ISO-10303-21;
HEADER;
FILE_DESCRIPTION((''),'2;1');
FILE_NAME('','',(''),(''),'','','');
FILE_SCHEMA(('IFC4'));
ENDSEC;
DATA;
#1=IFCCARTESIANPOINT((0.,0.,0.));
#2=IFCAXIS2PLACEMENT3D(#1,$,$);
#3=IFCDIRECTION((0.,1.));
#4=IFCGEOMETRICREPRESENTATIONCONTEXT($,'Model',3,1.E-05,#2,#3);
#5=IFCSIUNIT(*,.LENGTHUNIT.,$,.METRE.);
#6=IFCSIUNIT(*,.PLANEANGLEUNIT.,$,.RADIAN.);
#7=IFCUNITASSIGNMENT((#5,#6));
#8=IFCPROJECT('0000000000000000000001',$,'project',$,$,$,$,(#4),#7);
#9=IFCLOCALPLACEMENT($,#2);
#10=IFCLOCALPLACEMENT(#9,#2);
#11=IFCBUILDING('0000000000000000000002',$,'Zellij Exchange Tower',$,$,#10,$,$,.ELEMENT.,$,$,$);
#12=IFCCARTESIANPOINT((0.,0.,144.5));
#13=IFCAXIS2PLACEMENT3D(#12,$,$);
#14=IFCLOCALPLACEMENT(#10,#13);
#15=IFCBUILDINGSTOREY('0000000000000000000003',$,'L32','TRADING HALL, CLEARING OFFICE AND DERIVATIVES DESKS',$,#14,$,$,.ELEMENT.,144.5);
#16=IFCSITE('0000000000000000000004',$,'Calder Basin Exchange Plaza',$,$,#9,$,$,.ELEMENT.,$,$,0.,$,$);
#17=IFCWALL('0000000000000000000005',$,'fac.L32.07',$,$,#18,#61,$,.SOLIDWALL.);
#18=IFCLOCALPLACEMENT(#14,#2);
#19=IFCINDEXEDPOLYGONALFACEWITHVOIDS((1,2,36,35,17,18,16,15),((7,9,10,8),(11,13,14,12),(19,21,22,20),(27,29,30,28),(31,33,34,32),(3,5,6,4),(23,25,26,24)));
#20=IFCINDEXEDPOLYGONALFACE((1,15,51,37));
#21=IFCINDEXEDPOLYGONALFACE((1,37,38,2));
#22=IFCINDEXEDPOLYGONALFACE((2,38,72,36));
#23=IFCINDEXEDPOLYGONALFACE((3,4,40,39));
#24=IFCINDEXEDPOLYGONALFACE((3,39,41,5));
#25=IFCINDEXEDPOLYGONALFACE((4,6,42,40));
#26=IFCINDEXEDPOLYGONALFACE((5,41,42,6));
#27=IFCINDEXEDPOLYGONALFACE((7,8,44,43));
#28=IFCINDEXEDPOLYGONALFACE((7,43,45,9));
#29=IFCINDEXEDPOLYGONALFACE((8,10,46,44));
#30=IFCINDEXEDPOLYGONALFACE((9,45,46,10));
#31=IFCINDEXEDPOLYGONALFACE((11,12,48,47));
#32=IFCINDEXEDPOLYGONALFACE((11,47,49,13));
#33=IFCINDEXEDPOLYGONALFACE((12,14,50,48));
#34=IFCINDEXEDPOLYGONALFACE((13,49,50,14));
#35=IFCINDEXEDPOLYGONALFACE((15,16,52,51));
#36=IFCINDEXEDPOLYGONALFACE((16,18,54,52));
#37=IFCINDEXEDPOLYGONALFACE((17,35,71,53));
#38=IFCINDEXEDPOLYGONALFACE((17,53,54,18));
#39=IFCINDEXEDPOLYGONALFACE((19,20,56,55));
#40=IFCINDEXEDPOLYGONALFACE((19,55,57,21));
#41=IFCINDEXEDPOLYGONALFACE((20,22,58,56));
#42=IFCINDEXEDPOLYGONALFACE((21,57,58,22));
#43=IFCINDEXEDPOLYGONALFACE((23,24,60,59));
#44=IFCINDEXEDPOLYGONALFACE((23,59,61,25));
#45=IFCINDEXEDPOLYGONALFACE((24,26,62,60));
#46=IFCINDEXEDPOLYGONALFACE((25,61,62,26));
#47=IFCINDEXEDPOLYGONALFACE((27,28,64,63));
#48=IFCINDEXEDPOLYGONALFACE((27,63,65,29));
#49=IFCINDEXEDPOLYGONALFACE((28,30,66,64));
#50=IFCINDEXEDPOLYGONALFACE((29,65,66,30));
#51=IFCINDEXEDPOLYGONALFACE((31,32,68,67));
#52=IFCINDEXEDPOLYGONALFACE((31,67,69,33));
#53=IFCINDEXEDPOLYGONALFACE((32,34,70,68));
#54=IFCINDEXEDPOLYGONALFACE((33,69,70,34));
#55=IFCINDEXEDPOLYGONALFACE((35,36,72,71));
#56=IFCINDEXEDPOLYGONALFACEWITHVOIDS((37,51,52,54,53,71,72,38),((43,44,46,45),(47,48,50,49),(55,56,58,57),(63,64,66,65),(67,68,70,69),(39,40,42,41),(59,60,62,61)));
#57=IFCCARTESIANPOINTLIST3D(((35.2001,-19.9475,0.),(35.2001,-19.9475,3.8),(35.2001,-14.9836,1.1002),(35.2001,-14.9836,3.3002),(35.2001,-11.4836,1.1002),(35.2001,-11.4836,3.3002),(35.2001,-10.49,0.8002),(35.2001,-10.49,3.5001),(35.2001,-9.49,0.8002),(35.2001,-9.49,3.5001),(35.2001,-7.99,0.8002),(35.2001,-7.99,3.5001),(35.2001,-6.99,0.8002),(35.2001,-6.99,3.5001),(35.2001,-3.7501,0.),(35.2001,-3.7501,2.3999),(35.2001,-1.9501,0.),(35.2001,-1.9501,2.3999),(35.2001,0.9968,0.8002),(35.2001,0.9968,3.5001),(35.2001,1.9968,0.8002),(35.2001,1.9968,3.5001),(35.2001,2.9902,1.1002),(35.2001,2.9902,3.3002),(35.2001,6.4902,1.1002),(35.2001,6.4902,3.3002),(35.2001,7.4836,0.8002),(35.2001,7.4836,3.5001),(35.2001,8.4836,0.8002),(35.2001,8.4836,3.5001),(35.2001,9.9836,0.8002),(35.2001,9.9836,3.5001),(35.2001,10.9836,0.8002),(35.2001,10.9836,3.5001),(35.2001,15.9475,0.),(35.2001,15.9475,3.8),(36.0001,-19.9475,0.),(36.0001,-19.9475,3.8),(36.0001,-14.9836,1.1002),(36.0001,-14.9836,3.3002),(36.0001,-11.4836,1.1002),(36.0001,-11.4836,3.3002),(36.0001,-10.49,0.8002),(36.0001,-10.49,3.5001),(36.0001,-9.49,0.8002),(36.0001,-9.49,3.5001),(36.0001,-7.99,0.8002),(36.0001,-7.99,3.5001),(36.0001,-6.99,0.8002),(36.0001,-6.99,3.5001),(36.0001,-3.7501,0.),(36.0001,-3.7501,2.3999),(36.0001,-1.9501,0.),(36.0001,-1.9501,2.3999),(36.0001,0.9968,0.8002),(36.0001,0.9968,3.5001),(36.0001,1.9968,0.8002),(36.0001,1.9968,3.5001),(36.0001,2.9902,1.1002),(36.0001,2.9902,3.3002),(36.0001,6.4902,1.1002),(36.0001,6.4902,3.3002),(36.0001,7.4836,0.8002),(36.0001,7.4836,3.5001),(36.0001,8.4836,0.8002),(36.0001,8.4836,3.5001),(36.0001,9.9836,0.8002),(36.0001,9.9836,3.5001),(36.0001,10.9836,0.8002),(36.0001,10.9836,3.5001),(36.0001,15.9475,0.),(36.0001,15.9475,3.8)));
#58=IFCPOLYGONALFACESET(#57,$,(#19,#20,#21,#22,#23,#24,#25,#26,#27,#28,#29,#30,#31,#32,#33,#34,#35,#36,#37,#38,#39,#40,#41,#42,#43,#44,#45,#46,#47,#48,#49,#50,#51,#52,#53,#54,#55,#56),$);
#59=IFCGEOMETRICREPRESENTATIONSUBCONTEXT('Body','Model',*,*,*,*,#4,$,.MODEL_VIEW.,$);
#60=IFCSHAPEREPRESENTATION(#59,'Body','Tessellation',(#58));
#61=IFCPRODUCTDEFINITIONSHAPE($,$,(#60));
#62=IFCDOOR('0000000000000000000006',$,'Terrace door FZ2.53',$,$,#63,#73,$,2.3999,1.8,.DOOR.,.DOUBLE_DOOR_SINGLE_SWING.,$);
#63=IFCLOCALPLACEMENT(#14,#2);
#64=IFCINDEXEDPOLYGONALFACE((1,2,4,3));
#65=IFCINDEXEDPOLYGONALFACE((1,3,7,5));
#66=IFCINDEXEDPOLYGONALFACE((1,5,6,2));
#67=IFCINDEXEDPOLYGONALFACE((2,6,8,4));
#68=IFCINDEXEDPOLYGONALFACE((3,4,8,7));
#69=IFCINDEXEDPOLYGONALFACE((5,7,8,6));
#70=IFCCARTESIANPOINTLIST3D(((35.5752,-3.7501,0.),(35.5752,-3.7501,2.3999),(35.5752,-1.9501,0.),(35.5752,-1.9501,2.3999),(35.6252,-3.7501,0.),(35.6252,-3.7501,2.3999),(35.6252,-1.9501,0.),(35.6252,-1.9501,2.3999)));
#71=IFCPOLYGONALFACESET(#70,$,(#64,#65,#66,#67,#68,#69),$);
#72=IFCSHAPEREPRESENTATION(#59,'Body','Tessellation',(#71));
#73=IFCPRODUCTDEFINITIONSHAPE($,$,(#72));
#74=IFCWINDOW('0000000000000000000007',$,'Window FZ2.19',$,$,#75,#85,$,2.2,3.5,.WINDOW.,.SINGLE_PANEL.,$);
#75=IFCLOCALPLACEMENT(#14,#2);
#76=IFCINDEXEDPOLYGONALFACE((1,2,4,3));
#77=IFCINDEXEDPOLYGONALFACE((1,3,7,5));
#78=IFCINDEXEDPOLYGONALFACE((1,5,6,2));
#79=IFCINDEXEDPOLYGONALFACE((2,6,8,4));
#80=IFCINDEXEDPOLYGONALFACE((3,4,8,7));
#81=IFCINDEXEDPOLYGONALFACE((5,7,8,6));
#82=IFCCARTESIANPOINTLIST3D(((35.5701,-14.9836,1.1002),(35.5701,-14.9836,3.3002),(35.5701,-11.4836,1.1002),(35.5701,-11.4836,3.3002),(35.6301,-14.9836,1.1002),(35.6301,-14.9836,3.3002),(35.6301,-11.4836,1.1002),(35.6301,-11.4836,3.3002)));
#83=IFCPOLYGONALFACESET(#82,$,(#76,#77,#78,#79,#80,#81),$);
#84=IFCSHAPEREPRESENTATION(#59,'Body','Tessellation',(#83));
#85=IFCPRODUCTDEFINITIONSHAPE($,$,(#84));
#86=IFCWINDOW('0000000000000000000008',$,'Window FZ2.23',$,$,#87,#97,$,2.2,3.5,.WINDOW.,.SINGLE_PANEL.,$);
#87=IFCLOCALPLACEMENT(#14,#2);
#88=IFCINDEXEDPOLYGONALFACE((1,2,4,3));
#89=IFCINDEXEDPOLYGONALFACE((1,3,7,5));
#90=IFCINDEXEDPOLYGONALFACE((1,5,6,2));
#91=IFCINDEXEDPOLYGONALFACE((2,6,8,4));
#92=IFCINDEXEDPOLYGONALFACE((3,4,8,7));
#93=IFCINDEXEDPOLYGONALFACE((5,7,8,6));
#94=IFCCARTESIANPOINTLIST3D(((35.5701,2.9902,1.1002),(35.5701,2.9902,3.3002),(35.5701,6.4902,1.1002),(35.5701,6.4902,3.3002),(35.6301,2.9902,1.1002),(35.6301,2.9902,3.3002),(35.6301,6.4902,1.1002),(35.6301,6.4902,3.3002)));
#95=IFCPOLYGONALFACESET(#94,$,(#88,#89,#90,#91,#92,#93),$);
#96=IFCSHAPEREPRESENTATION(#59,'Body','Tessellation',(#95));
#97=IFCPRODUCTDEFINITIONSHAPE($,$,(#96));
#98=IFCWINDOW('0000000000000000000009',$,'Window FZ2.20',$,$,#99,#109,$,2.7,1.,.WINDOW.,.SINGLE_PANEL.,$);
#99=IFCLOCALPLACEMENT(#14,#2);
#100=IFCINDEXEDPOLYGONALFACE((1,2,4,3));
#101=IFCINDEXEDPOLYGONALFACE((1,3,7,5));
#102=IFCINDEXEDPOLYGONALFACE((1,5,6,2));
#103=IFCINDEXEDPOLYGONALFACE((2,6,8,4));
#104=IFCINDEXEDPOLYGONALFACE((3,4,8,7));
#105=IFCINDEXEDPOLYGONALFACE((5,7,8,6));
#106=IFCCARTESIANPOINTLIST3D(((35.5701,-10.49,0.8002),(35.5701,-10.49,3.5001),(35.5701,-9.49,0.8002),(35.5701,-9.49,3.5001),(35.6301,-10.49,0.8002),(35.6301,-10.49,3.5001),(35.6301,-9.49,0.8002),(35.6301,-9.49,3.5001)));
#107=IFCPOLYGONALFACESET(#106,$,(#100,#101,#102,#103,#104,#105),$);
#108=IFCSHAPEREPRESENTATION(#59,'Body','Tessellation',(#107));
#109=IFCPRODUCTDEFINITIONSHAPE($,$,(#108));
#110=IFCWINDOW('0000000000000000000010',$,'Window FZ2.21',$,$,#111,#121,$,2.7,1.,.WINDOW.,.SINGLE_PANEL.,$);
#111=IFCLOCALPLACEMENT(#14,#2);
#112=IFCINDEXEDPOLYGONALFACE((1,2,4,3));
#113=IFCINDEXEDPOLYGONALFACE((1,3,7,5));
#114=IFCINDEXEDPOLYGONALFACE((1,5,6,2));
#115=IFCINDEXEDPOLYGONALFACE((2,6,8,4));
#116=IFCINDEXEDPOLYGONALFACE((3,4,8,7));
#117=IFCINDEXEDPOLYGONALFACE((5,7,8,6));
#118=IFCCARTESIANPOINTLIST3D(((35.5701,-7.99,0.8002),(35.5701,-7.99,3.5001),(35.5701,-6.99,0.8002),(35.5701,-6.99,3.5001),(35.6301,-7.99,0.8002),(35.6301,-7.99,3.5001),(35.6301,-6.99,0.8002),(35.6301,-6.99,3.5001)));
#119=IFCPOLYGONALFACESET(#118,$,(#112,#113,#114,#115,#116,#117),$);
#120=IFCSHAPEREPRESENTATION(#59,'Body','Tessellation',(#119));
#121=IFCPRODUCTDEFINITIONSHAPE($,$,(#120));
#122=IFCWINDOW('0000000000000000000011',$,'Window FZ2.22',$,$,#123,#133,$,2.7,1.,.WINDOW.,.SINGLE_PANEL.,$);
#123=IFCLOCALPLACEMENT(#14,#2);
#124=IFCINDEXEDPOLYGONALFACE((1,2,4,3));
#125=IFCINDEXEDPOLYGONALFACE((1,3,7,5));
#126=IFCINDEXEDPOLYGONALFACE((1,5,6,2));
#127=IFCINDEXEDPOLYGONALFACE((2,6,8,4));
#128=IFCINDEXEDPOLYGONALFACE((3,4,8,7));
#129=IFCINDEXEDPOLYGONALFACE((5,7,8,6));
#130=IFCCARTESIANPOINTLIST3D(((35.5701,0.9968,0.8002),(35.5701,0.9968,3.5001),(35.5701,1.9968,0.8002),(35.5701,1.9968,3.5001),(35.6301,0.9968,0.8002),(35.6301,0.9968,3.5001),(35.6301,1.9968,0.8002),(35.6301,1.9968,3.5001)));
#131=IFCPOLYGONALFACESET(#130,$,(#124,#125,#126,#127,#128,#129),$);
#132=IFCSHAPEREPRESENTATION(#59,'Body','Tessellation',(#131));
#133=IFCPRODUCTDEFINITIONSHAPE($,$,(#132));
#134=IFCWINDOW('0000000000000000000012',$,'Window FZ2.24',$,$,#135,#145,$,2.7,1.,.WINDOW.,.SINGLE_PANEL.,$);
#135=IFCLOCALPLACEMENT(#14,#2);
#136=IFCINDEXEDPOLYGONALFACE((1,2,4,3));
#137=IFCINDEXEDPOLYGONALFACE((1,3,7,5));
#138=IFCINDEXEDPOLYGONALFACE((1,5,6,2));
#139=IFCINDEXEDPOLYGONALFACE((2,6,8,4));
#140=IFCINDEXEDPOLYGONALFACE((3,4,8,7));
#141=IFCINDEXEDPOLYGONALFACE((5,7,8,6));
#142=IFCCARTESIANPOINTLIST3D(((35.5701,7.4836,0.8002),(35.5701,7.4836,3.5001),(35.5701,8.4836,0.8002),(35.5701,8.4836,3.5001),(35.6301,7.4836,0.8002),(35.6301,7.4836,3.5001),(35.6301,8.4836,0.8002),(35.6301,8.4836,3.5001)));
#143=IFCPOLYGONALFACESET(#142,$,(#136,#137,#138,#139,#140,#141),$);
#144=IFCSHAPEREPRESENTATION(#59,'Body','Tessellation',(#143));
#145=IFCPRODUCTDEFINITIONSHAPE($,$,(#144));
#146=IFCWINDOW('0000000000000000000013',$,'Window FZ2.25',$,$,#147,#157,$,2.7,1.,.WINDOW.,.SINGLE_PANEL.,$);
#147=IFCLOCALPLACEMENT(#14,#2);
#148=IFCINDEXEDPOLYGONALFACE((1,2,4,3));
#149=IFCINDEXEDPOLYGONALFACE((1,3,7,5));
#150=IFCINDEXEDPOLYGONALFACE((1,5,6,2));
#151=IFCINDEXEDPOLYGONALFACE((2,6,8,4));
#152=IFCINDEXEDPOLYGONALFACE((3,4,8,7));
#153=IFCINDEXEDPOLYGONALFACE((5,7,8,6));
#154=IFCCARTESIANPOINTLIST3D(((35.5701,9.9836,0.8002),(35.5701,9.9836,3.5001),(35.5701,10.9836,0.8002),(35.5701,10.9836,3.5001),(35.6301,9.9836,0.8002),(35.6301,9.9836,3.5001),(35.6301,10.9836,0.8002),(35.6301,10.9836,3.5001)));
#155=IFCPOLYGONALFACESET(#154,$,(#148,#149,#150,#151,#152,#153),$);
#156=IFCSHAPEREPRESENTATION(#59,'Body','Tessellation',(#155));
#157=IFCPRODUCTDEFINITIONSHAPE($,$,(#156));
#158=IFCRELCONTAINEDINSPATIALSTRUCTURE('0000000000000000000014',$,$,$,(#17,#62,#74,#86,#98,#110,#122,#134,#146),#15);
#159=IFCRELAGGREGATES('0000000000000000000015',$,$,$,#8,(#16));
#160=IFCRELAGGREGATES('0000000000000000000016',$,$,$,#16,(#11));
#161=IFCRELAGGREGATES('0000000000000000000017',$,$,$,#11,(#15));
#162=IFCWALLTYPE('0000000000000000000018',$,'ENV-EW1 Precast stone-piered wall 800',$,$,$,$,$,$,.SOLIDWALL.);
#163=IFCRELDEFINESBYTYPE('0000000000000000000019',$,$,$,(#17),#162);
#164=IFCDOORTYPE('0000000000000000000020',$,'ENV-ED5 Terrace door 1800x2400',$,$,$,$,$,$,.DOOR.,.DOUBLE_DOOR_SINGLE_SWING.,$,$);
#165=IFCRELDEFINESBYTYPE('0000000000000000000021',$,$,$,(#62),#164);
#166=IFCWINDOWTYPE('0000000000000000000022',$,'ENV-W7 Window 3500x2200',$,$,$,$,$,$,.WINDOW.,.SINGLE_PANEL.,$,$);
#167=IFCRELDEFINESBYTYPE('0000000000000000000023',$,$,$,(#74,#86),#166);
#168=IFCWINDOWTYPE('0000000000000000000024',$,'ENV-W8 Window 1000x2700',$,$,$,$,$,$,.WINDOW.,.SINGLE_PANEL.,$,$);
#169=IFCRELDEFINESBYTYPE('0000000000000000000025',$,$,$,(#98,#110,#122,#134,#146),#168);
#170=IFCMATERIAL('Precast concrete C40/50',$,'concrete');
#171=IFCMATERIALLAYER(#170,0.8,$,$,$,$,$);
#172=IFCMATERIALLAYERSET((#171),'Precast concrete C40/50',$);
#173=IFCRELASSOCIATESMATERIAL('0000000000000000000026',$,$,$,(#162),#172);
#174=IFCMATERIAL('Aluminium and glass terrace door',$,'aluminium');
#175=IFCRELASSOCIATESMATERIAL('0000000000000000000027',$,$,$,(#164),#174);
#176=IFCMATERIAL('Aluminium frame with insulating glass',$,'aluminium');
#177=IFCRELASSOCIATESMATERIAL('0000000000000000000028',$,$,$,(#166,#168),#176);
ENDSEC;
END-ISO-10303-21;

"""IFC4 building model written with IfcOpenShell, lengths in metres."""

from ifc_helpers import new_model, si_unit, direction, frame, frame_2d, origin, place, context, subcontext, project, spatial, rectangle, extrude, material, layer, layer_set, type_object, element, fill, save


model = new_model("IFC4")

# Units and contexts
model_context = context("Model", 3, precision=1e-05, world=origin(), true_north=direction((0.0, 1.0)))
body_context = subcontext(model_context, "Body", "Model", "MODEL_VIEW")
ifc_project = project(units=[si_unit("LENGTHUNIT", "METRE"), si_unit("PLANEANGLEUNIT", "RADIAN")], contexts=[model_context])

# Site, building, storey
site_placement = place(None, origin())
site = spatial("IfcSite", under=ifc_project, at=site_placement, Name="Calder Basin Exchange Plaza", CompositionType="ELEMENT", RefElevation=0.0)
building_placement = place(site_placement, origin())
building = spatial("IfcBuilding", under=site, at=building_placement, Name="Zellij Exchange Tower", CompositionType="ELEMENT")
storey_placement = place(building_placement, frame((0.0, 0.0, 144.5)))
storey = spatial("IfcBuildingStorey", under=building, at=storey_placement, Name="L32", Description="TRADING HALL, CLEARING OFFICE AND DERIVATIVES DESKS", CompositionType="ELEMENT", Elevation=144.5)

# Shared definitions
ifc_material_1 = material(Name="Precast concrete C40/50", Category="concrete")
ifc_layer = layer(ifc_material_1, 0.8)
ifc_layer_set = layer_set([ifc_layer], Name="Precast concrete C40/50")
wall_type = type_object("IfcWallType", Name="ENV-EW1 Precast stone-piered wall 800", PredefinedType="SOLIDWALL", material=ifc_layer_set)

# Wall, openings, door, windows
wall_1_placement = place(storey_placement, frame((35.6001, -19.9475, 0.0), z_axis=(0.0, 0.0, 1.0), x_axis=(0.0, 1.0, 0.0)))
wall_1 = element("IfcWall", 1, at=wall_1_placement, inside=storey, type_object=wall_type, Name="fac.L32.07", PredefinedType="SOLIDWALL", context=body_context, shape_type="SweptSolid", body=[
    extrude(rectangle(XDim=35.895, YDim=0.8, at=frame_2d((17.9475, 0.0))), origin(), (0.0, 0.0, 1.0), 3.8),
])
opening_1_placement = place(wall_1_placement, frame((4.9639, 0.0, 1.1001)))
opening_1 = element("IfcOpeningElement", 2, at=opening_1_placement, cuts=wall_1, PredefinedType="OPENING", context=body_context, shape_type="SweptSolid", body=[
    extrude(rectangle(XDim=3.5, YDim=2.2, at=frame_2d((1.75, 1.1001))), frame((0.0, 0.4121, 0.0), z_axis=(0.0, -1.0, 0.0), x_axis=(1.0, 0.0, 0.0)), (0.0, 0.0, 1.0), 0.824),
])
opening_2_placement = place(wall_1_placement, frame((9.4575, 0.0, 0.8)))
opening_2 = element("IfcOpeningElement", 3, at=opening_2_placement, cuts=wall_1, PredefinedType="OPENING", context=body_context, shape_type="SweptSolid", body=[
    extrude(rectangle(XDim=1.0, YDim=2.7, at=frame_2d((0.5, 1.3501))), frame((0.0, 0.4121, 0.0), z_axis=(0.0, -1.0, 0.0), x_axis=(1.0, 0.0, 0.0)), (0.0, 0.0, 1.0), 0.824),
])
opening_3_placement = place(wall_1_placement, frame((11.9575, 0.0, 0.8)))
opening_3 = element("IfcOpeningElement", 4, at=opening_3_placement, cuts=wall_1, PredefinedType="OPENING", context=body_context, shape_type="SweptSolid", body=[
    extrude(rectangle(XDim=1.0, YDim=2.7, at=frame_2d((0.5, 1.3501))), frame((0.0, 0.4121, 0.0), z_axis=(0.0, -1.0, 0.0), x_axis=(1.0, 0.0, 0.0)), (0.0, 0.0, 1.0), 0.824),
])
opening_4_placement = place(wall_1_placement, frame((20.9443, 0.0, 0.8)))
opening_4 = element("IfcOpeningElement", 5, at=opening_4_placement, cuts=wall_1, PredefinedType="OPENING", context=body_context, shape_type="SweptSolid", body=[
    extrude(rectangle(XDim=1.0, YDim=2.7, at=frame_2d((0.5, 1.3501))), frame((0.0, 0.4121, 0.0), z_axis=(0.0, -1.0, 0.0), x_axis=(1.0, 0.0, 0.0)), (0.0, 0.0, 1.0), 0.824),
])
opening_5_placement = place(wall_1_placement, frame((22.9377, 0.0, 1.1001)))
opening_5 = element("IfcOpeningElement", 6, at=opening_5_placement, cuts=wall_1, PredefinedType="OPENING", context=body_context, shape_type="SweptSolid", body=[
    extrude(rectangle(XDim=3.5, YDim=2.2, at=frame_2d((1.75, 1.1001))), frame((0.0, 0.4121, 0.0), z_axis=(0.0, -1.0, 0.0), x_axis=(1.0, 0.0, 0.0)), (0.0, 0.0, 1.0), 0.824),
])
opening_6_placement = place(wall_1_placement, frame((27.4312, 0.0, 0.8)))
opening_6 = element("IfcOpeningElement", 7, at=opening_6_placement, cuts=wall_1, PredefinedType="OPENING", context=body_context, shape_type="SweptSolid", body=[
    extrude(rectangle(XDim=1.0, YDim=2.7, at=frame_2d((0.5, 1.3501))), frame((0.0, 0.4121, 0.0), z_axis=(0.0, -1.0, 0.0), x_axis=(1.0, 0.0, 0.0)), (0.0, 0.0, 1.0), 0.824),
])
opening_7_placement = place(wall_1_placement, frame((29.9312, 0.0, 0.8)))
opening_7 = element("IfcOpeningElement", 8, at=opening_7_placement, cuts=wall_1, PredefinedType="OPENING", context=body_context, shape_type="SweptSolid", body=[
    extrude(rectangle(XDim=1.0, YDim=2.7, at=frame_2d((0.5, 1.3501))), frame((0.0, 0.4121, 0.0), z_axis=(0.0, -1.0, 0.0), x_axis=(1.0, 0.0, 0.0)), (0.0, 0.0, 1.0), 0.824),
])
opening_8_placement = place(wall_1_placement, frame((16.1975, 0.0, 0.0)))
opening_8 = element("IfcOpeningElement", 9, at=opening_8_placement, cuts=wall_1, PredefinedType="OPENING", context=body_context, shape_type="SweptSolid", body=[
    extrude(rectangle(XDim=1.8, YDim=2.3999, at=frame_2d((0.8999, 1.2))), frame((0.0, 0.4121, 0.0), z_axis=(0.0, -1.0, 0.0), x_axis=(1.0, 0.0, 0.0)), (0.0, 0.0, 1.0), 0.824),
])
ifc_material_2 = material(Name="Aluminium and glass terrace door", Category="aluminium")
door_type = type_object("IfcDoorType", Name="ENV-ED5 Terrace door 1800x2400", OperationType="DOUBLE_DOOR_SINGLE_SWING", PredefinedType="DOOR", material=ifc_material_2)
door_placement = place(opening_8_placement, origin())
door = element("IfcDoor", 10, at=door_placement, inside=storey, type_object=door_type, Name="Terrace door FZ2.53", OperationType="DOUBLE_DOOR_SINGLE_SWING", OverallHeight=2.3999, OverallWidth=1.8, PredefinedType="DOOR", context=body_context, shape_type="SweptSolid", body=[
    extrude(rectangle(XDim=1.8, YDim=2.3999, at=frame_2d((0.8999, 1.2))), frame((0.0, 0.0249, 0.0), z_axis=(0.0, -1.0, 0.0), x_axis=(1.0, 0.0, 0.0)), (0.0, 0.0, 1.0), 0.05),
])
fill(opening_8, door)
ifc_material_3 = material(Name="Aluminium frame with insulating glass", Category="aluminium")
window_type_1 = type_object("IfcWindowType", Name="ENV-W7 Window 3500x2200", PartitioningType="SINGLE_PANEL", PredefinedType="WINDOW", material=ifc_material_3)
window_1_placement = place(opening_1_placement, origin())
window_1 = element("IfcWindow", 11, at=window_1_placement, inside=storey, type_object=window_type_1, Name="Window FZ2.19", OverallHeight=2.2, OverallWidth=3.5, PartitioningType="SINGLE_PANEL", PredefinedType="WINDOW", context=body_context, shape_type="SweptSolid", body=[
    extrude(rectangle(XDim=3.5, YDim=2.2, at=frame_2d((1.75, 1.1001))), frame((0.0, 0.03, 0.0), z_axis=(0.0, -1.0, 0.0), x_axis=(1.0, 0.0, 0.0)), (0.0, 0.0, 1.0), 0.0601),
])
fill(opening_1, window_1)
window_2_placement = place(opening_5_placement, origin())
window_2 = element("IfcWindow", 12, at=window_2_placement, inside=storey, type_object=window_type_1, Name="Window FZ2.23", OverallHeight=2.2, OverallWidth=3.5, PartitioningType="SINGLE_PANEL", PredefinedType="WINDOW", context=body_context, shape_type="SweptSolid", body=[
    extrude(rectangle(XDim=3.5, YDim=2.2, at=frame_2d((1.75, 1.1001))), frame((0.0, 0.03, 0.0), z_axis=(0.0, -1.0, 0.0), x_axis=(1.0, 0.0, 0.0)), (0.0, 0.0, 1.0), 0.0601),
])
fill(opening_5, window_2)
window_type_2 = type_object("IfcWindowType", Name="ENV-W8 Window 1000x2700", PartitioningType="SINGLE_PANEL", PredefinedType="WINDOW", material=ifc_material_3)
window_3_placement = place(opening_2_placement, origin())
window_3 = element("IfcWindow", 13, at=window_3_placement, inside=storey, type_object=window_type_2, Name="Window FZ2.20", OverallHeight=2.7, OverallWidth=1.0, PartitioningType="SINGLE_PANEL", PredefinedType="WINDOW", context=body_context, shape_type="SweptSolid", body=[
    extrude(rectangle(XDim=1.0, YDim=2.7, at=frame_2d((0.5, 1.3501))), frame((0.0, 0.03, 0.0), z_axis=(0.0, -1.0, 0.0), x_axis=(1.0, 0.0, 0.0)), (0.0, 0.0, 1.0), 0.0601),
])
fill(opening_2, window_3)
window_4_placement = place(opening_3_placement, origin())
window_4 = element("IfcWindow", 14, at=window_4_placement, inside=storey, type_object=window_type_2, Name="Window FZ2.21", OverallHeight=2.7, OverallWidth=1.0, PartitioningType="SINGLE_PANEL", PredefinedType="WINDOW", context=body_context, shape_type="SweptSolid", body=[
    extrude(rectangle(XDim=1.0, YDim=2.7, at=frame_2d((0.5, 1.3501))), frame((0.0, 0.03, 0.0), z_axis=(0.0, -1.0, 0.0), x_axis=(1.0, 0.0, 0.0)), (0.0, 0.0, 1.0), 0.0601),
])
fill(opening_3, window_4)
window_5_placement = place(opening_4_placement, origin())
window_5 = element("IfcWindow", 15, at=window_5_placement, inside=storey, type_object=window_type_2, Name="Window FZ2.22", OverallHeight=2.7, OverallWidth=1.0, PartitioningType="SINGLE_PANEL", PredefinedType="WINDOW", context=body_context, shape_type="SweptSolid", body=[
    extrude(rectangle(XDim=1.0, YDim=2.7, at=frame_2d((0.5, 1.3501))), frame((0.0, 0.03, 0.0), z_axis=(0.0, -1.0, 0.0), x_axis=(1.0, 0.0, 0.0)), (0.0, 0.0, 1.0), 0.0601),
])
fill(opening_4, window_5)
window_6_placement = place(opening_6_placement, origin())
window_6 = element("IfcWindow", 16, at=window_6_placement, inside=storey, type_object=window_type_2, Name="Window FZ2.24", OverallHeight=2.7, OverallWidth=1.0, PartitioningType="SINGLE_PANEL", PredefinedType="WINDOW", context=body_context, shape_type="SweptSolid", body=[
    extrude(rectangle(XDim=1.0, YDim=2.7, at=frame_2d((0.5, 1.3501))), frame((0.0, 0.03, 0.0), z_axis=(0.0, -1.0, 0.0), x_axis=(1.0, 0.0, 0.0)), (0.0, 0.0, 1.0), 0.0601),
])
fill(opening_6, window_6)
window_7_placement = place(opening_7_placement, origin())
window_7 = element("IfcWindow", 17, at=window_7_placement, inside=storey, type_object=window_type_2, Name="Window FZ2.25", OverallHeight=2.7, OverallWidth=1.0, PartitioningType="SINGLE_PANEL", PredefinedType="WINDOW", context=body_context, shape_type="SweptSolid", body=[
    extrude(rectangle(XDim=1.0, YDim=2.7, at=frame_2d((0.5, 1.3501))), frame((0.0, 0.03, 0.0), z_axis=(0.0, -1.0, 0.0), x_axis=(1.0, 0.0, 0.0)), (0.0, 0.0, 1.0), 0.0601),
])
fill(opening_7, window_7)

save(model, "model.ifc")
